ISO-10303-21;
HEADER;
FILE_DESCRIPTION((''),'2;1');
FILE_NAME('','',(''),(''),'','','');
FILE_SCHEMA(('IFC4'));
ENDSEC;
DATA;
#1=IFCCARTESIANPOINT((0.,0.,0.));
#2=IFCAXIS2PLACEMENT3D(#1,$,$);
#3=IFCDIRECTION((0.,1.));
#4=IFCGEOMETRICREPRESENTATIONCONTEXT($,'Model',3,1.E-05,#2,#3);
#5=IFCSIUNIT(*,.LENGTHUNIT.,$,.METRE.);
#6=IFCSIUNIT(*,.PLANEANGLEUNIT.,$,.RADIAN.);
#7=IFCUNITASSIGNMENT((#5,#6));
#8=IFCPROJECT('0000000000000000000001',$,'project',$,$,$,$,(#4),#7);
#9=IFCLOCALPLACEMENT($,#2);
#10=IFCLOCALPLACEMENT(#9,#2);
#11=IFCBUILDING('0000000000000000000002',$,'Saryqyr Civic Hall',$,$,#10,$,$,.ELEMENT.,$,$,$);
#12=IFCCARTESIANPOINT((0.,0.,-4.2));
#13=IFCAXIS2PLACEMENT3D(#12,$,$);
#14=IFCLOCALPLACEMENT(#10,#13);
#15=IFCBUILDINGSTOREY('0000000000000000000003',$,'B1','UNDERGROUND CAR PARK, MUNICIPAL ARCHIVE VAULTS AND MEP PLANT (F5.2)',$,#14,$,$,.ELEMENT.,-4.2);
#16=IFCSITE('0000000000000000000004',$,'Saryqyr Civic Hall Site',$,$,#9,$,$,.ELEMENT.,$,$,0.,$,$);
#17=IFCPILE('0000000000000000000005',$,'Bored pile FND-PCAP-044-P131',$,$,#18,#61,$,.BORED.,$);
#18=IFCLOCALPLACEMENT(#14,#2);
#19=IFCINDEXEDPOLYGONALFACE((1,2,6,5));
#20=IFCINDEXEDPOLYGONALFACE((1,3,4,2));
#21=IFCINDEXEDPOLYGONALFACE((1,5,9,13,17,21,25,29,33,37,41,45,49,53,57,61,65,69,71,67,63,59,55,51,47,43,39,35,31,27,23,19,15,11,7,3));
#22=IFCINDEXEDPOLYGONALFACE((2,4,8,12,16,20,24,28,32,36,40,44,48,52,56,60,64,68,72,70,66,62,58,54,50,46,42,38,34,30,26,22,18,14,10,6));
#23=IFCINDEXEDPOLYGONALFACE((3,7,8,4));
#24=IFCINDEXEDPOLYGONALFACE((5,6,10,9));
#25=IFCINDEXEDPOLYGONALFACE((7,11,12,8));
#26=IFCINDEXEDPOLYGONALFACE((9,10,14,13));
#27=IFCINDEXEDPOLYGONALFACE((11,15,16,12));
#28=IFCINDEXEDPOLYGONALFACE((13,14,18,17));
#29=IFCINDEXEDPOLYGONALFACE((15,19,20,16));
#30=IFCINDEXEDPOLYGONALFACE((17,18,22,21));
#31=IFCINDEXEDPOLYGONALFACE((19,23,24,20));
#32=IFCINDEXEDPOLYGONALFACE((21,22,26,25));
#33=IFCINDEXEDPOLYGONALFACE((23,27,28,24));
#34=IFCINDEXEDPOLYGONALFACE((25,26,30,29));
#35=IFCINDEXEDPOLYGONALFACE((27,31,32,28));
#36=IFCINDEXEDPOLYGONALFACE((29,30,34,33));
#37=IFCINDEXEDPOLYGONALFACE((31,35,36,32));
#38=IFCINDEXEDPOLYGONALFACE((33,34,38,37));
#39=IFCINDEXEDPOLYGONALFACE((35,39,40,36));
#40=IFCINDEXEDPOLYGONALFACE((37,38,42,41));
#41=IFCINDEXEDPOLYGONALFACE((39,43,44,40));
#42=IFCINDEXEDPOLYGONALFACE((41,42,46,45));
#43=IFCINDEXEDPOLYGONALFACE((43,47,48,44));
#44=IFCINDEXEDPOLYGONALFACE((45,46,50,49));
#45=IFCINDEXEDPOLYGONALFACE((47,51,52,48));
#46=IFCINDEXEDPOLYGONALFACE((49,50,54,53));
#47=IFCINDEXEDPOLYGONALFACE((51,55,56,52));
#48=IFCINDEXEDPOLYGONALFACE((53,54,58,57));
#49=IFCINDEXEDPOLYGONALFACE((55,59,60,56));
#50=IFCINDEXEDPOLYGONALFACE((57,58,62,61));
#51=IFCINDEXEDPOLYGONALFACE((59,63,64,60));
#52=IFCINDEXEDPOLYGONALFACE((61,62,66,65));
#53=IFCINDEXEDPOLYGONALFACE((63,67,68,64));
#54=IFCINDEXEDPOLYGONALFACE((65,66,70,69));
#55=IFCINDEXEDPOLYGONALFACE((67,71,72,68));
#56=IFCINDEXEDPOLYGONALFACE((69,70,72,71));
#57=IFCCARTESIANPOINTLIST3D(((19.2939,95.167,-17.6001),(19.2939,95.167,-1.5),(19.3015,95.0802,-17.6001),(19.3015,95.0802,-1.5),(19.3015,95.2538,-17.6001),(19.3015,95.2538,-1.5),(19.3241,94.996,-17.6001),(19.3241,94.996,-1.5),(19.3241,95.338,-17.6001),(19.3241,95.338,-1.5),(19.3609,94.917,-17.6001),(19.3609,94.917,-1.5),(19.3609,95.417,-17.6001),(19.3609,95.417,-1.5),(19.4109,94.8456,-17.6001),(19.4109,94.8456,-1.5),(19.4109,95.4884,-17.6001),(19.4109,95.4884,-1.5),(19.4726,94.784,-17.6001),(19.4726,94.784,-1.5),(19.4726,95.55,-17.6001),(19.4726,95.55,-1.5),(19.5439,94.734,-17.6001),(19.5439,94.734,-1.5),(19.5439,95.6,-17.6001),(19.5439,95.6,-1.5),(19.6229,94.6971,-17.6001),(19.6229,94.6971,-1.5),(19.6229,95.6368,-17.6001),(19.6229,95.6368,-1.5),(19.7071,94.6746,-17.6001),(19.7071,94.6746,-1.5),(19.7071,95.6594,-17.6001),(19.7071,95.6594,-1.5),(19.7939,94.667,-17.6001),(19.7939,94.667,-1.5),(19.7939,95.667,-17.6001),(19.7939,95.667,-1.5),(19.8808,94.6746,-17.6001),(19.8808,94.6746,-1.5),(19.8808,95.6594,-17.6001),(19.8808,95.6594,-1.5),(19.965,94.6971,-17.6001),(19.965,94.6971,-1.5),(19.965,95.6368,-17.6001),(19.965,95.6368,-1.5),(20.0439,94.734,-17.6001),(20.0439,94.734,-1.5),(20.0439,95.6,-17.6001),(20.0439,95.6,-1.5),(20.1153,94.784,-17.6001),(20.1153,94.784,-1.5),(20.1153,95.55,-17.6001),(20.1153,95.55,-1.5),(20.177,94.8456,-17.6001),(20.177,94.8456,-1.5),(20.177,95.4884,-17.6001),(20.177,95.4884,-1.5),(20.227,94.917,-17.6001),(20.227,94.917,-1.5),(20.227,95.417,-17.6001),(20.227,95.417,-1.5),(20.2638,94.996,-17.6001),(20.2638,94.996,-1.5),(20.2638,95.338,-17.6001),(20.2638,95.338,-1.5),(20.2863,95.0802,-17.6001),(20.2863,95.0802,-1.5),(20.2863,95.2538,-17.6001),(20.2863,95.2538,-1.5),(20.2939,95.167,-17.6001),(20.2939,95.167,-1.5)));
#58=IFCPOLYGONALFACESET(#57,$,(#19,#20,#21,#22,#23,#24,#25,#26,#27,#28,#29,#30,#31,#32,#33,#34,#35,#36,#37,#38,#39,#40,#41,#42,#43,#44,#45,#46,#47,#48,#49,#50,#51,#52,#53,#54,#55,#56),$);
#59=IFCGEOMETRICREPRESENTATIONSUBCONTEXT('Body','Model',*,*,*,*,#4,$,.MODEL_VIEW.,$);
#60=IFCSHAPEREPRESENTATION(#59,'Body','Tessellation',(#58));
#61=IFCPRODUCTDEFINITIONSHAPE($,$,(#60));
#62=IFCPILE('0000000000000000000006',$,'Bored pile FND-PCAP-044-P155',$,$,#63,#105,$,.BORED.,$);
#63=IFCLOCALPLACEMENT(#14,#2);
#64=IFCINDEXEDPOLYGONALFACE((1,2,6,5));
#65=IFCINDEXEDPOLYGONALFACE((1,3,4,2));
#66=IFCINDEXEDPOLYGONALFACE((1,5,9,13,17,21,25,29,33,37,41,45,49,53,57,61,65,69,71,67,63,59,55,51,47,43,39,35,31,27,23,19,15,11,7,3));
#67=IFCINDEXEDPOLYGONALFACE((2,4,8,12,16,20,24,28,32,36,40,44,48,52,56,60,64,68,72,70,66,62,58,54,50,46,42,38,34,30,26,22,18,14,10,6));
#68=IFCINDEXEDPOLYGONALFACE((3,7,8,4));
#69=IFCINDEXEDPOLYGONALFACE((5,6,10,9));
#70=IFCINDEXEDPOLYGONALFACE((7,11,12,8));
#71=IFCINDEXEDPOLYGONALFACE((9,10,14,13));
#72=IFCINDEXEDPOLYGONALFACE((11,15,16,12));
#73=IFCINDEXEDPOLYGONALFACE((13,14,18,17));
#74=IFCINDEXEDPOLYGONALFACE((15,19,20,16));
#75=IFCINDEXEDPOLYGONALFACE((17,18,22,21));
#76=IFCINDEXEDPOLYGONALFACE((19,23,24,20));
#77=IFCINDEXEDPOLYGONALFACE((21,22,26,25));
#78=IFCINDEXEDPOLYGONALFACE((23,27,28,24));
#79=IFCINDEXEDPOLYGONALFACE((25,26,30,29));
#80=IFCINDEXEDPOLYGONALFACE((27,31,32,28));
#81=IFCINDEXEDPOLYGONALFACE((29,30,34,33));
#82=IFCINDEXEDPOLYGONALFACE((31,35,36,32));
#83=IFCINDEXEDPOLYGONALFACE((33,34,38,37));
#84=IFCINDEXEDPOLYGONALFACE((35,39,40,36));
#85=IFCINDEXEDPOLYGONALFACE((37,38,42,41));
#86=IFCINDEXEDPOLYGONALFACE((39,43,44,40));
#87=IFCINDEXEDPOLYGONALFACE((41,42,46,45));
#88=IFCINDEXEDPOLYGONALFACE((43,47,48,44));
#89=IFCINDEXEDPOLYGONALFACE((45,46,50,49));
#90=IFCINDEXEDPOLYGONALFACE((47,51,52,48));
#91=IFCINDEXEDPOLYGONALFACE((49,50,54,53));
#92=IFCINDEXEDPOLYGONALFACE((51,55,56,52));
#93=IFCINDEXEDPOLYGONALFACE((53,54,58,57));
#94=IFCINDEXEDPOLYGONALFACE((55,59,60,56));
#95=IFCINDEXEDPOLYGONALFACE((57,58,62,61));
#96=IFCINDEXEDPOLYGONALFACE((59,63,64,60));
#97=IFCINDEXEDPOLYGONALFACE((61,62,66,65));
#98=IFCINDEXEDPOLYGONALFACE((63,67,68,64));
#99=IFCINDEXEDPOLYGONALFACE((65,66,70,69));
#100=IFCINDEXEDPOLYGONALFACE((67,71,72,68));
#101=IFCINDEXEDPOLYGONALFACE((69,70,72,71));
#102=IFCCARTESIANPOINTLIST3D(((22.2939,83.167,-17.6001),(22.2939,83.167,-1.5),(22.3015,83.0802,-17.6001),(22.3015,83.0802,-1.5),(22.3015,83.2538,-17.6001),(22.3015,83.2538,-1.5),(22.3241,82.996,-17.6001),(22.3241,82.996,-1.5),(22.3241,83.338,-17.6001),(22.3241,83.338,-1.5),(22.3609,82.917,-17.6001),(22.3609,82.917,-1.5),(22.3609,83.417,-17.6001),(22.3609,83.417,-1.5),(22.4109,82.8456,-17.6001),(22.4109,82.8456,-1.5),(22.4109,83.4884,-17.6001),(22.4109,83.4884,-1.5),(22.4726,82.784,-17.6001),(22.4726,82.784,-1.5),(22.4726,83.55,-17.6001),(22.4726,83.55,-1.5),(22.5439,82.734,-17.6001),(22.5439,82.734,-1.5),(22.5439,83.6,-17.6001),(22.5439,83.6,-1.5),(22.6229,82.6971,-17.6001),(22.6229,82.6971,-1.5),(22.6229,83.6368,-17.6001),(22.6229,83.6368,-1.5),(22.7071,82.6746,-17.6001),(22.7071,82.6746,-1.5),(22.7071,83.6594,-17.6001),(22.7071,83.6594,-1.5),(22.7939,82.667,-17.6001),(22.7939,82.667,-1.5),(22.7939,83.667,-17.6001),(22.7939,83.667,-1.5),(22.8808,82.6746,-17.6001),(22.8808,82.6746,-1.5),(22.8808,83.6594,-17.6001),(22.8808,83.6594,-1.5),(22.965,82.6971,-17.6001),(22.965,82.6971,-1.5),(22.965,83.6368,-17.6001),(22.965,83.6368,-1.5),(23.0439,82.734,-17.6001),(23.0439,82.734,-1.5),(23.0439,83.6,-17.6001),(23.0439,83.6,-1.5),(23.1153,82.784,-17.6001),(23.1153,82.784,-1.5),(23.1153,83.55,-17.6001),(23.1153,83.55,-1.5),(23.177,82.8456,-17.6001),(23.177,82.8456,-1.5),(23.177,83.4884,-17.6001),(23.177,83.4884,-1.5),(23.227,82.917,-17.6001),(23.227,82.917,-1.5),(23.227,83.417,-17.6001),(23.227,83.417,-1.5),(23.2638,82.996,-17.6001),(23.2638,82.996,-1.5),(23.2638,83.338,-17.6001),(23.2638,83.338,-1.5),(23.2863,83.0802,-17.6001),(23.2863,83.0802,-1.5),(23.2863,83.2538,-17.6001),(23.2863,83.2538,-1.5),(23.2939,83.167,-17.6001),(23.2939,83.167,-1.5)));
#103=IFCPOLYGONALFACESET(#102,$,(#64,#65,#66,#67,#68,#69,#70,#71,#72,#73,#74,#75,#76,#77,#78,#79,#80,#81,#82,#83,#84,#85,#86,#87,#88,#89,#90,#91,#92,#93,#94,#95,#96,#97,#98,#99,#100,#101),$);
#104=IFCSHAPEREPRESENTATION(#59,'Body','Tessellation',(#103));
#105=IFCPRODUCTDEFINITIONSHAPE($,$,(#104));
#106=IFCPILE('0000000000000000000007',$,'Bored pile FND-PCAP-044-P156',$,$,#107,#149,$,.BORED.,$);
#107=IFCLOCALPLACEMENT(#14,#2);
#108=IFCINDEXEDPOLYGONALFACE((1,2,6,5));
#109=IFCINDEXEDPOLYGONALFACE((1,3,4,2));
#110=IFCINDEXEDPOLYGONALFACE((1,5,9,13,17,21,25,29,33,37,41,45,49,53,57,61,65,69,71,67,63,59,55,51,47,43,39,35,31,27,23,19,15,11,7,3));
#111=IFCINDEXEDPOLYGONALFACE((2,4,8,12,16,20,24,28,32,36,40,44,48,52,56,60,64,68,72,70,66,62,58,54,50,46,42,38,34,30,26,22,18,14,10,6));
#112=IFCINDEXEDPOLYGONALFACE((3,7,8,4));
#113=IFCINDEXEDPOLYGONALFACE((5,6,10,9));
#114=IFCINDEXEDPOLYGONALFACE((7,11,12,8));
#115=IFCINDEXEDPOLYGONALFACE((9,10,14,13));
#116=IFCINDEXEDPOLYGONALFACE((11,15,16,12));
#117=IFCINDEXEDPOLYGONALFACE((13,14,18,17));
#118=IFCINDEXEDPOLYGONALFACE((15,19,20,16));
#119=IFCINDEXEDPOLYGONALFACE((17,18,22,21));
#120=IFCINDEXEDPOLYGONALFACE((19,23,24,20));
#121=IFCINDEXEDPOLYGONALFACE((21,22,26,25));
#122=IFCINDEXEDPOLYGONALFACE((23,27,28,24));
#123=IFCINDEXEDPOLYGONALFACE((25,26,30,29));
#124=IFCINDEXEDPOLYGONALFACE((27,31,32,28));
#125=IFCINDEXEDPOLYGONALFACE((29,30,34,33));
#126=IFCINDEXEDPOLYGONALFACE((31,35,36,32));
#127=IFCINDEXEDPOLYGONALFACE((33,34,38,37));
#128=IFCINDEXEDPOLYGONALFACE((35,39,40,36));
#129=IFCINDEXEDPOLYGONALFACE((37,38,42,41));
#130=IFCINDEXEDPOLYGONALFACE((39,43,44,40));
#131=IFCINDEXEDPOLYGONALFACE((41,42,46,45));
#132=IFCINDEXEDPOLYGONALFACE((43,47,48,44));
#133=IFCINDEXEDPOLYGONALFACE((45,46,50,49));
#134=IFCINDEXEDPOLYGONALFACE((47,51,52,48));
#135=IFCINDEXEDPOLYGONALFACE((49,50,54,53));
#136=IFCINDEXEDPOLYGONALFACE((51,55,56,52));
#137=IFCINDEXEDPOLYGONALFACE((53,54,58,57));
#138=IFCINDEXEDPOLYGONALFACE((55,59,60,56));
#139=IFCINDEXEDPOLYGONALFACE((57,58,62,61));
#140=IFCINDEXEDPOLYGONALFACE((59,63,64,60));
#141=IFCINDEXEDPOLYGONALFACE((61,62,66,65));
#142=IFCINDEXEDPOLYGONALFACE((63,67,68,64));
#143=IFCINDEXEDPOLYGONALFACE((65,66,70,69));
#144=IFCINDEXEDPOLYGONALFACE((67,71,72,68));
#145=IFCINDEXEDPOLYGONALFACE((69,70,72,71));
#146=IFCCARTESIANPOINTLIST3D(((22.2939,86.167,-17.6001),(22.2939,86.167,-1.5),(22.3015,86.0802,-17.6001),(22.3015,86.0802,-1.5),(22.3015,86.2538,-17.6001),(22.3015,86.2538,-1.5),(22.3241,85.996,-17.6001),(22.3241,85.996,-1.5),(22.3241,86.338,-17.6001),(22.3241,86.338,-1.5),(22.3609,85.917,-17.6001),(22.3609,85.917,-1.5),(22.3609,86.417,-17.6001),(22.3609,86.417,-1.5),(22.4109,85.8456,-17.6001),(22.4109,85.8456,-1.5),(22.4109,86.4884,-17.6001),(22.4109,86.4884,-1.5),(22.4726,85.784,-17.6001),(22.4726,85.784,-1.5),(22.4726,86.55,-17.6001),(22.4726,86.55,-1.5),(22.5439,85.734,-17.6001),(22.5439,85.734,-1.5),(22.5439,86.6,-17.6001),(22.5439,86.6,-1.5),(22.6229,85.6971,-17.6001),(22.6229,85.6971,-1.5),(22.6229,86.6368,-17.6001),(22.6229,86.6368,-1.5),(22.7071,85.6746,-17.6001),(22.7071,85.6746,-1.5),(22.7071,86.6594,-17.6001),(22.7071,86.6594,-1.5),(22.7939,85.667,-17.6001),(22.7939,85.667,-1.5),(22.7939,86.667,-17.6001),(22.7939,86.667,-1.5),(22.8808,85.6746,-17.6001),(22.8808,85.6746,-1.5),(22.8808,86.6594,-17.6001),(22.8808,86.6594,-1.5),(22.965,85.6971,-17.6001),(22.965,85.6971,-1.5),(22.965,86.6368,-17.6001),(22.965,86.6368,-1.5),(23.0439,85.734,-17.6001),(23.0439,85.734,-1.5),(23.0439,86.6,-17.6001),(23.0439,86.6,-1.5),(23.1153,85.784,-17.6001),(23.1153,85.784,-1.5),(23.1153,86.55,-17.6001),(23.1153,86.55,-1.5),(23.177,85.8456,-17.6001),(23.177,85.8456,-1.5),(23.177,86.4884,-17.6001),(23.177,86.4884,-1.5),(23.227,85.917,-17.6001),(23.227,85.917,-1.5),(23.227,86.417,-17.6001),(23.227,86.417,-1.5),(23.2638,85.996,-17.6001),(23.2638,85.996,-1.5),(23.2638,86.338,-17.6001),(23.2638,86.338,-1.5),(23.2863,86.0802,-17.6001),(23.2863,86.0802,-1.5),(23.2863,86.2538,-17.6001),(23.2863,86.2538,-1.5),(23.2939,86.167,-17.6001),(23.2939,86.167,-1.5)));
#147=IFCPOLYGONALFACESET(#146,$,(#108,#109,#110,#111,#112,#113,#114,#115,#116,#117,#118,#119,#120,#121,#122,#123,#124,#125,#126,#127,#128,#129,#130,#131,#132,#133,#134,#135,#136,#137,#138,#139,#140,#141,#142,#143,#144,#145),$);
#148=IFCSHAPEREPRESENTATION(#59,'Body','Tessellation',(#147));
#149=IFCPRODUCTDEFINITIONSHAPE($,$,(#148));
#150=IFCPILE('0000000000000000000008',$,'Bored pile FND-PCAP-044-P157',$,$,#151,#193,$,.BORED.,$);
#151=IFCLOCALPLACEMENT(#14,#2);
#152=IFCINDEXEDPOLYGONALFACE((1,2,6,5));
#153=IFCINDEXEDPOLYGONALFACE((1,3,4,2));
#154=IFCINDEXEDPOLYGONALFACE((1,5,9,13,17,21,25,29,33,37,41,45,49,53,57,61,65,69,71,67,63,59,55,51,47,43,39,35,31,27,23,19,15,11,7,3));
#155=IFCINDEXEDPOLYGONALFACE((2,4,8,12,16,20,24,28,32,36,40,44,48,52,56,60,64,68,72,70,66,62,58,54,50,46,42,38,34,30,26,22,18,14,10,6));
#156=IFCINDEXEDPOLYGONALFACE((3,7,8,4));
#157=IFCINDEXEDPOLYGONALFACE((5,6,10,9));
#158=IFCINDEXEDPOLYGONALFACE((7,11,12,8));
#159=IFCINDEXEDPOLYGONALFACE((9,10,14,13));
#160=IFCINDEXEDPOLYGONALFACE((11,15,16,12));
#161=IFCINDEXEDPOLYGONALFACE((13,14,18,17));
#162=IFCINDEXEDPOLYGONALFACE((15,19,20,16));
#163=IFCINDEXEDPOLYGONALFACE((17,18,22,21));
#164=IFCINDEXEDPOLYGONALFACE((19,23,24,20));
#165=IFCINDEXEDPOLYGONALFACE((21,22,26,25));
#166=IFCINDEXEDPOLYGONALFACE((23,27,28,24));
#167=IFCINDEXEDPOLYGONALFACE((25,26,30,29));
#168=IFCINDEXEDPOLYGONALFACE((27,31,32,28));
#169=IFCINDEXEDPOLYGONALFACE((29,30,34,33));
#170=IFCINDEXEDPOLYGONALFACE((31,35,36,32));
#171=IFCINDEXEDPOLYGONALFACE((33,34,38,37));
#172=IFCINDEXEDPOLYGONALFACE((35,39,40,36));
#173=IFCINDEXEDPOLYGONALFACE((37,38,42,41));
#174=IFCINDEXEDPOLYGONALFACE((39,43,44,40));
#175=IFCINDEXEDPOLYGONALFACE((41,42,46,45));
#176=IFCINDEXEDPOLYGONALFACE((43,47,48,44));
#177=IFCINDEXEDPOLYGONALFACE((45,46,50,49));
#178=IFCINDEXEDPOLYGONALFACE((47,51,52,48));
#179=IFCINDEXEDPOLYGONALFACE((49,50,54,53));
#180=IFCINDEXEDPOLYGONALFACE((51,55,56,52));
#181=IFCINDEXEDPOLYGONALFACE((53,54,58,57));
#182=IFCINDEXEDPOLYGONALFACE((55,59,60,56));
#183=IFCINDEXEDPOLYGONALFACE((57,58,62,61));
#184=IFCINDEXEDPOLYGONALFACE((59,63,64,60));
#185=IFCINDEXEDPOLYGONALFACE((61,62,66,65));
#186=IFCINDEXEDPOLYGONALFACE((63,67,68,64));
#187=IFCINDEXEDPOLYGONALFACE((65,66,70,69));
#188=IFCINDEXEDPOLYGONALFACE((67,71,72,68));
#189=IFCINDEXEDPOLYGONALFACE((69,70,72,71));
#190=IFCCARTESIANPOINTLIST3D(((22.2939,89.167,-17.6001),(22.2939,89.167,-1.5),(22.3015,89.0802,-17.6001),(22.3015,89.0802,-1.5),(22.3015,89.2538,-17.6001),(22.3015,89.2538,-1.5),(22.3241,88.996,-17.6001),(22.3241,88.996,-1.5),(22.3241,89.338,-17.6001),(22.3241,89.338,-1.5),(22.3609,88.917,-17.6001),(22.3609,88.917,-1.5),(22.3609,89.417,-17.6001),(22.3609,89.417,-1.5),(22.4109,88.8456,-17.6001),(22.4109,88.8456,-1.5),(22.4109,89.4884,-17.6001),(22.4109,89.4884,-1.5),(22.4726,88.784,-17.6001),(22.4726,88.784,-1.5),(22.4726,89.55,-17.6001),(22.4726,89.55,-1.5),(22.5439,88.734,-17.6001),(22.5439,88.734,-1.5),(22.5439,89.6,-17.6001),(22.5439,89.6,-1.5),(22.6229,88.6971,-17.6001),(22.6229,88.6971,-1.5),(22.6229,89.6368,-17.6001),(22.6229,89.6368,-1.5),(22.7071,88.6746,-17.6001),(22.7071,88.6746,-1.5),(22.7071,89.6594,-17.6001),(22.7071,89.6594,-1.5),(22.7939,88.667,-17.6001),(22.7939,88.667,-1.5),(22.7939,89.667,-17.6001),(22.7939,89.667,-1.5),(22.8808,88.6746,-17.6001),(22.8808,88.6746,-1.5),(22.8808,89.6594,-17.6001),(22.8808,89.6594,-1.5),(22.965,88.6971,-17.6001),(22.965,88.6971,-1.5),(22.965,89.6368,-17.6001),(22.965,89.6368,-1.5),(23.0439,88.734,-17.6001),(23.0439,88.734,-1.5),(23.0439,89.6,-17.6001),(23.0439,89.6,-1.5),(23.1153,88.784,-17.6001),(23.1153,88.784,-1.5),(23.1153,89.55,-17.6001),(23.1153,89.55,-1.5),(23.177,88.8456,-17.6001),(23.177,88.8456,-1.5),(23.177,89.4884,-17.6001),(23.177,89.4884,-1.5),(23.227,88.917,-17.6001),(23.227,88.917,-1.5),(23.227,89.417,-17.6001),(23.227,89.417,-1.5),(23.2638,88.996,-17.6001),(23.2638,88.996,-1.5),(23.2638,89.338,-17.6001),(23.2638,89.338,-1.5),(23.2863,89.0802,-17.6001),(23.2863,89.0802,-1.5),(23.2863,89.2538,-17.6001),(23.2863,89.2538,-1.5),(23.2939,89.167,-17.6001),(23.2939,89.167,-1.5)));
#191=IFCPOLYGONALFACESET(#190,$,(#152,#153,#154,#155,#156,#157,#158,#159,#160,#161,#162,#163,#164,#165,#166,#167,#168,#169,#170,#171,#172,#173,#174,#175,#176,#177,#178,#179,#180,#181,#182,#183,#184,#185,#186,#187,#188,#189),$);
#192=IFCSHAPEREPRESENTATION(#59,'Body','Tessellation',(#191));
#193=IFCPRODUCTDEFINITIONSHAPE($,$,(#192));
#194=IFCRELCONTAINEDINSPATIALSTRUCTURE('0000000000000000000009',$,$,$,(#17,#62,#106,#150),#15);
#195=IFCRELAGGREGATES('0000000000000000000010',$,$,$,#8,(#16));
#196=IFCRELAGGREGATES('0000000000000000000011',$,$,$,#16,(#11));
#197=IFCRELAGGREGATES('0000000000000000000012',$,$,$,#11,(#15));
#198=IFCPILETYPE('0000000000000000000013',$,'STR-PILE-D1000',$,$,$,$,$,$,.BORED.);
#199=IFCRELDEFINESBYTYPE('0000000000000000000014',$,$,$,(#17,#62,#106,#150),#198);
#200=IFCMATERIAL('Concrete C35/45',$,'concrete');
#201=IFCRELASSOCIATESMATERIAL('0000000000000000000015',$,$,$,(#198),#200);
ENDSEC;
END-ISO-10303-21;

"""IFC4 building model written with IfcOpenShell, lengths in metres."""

from ifc_helpers import new_model, si_unit, direction, frame, origin, origin_2d, place, context, subcontext, project, spatial, circle, extrude, material, material_profile, profile_set, type_object, element, save


model = new_model("IFC4")

# Units and contexts
model_context = context("Model", 3, precision=1e-05, world=origin(), true_north=direction((0.0, 1.0)))
body_context = subcontext(model_context, "Body", "Model", "MODEL_VIEW")
ifc_project = project(units=[si_unit("LENGTHUNIT", "METRE"), si_unit("PLANEANGLEUNIT", "RADIAN")], contexts=[model_context])

# Site, building, storey
site_placement = place(None, origin())
site = spatial("IfcSite", under=ifc_project, at=site_placement, Name="Saryqyr Civic Hall Site", CompositionType="ELEMENT", RefElevation=0.0)
building_placement = place(site_placement, origin())
building = spatial("IfcBuilding", under=site, at=building_placement, Name="Saryqyr Civic Hall", CompositionType="ELEMENT")
storey_placement = place(building_placement, frame((0.0, 0.0, -4.2)))
storey = spatial("IfcBuildingStorey", under=building, at=storey_placement, Name="B1", Description="UNDERGROUND CAR PARK, MUNICIPAL ARCHIVE VAULTS AND MEP PLANT (F5.2)", CompositionType="ELEMENT", Elevation=-4.2)

# Piles
ifc_material_1 = material(Name="Concrete C35/45", Category="concrete")
ifc_material_profile_1 = material_profile(ifc_material_1, circle(Radius=0.5, at=origin_2d()), Name="BORED PILE D1000")
ifc_profile_set_1 = profile_set([ifc_material_profile_1], Name="Concrete C35/45")
pile_type = type_object("IfcPileType", Name="STR-PILE-D1000", PredefinedType="BORED", material=ifc_profile_set_1)
for number, where, z_axis, x_axis, name in (
    (1, (19.7939, 95.167, -1.5), (0.0, 0.0, -1.0), (1.0, 0.0, 0.0), "Bored pile FND-PCAP-044-P131"),
    (2, (22.7939, 83.167, -1.5), (0.0, 0.0, -1.0), (1.0, 0.0, 0.0), "Bored pile FND-PCAP-044-P155"),
    (3, (22.7939, 86.167, -1.5), (0.0, 0.0, -1.0), (1.0, 0.0, 0.0), "Bored pile FND-PCAP-044-P156"),
    (4, (22.7939, 89.167, -1.5), (0.0, 0.0, -1.0), (1.0, 0.0, 0.0), "Bored pile FND-PCAP-044-P157"),
):
    element("IfcPile", number, at=place(storey_placement, frame(where, z_axis=z_axis, x_axis=x_axis)), inside=storey, type_object=pile_type, Name=name, PredefinedType="BORED", context=body_context, shape_type="SweptSolid", body=[
        extrude(circle(Radius=0.5, at=origin_2d()), origin(), (0.0, 0.0, 1.0), 16.1001),
    ])

save(model, "model.ifc")
